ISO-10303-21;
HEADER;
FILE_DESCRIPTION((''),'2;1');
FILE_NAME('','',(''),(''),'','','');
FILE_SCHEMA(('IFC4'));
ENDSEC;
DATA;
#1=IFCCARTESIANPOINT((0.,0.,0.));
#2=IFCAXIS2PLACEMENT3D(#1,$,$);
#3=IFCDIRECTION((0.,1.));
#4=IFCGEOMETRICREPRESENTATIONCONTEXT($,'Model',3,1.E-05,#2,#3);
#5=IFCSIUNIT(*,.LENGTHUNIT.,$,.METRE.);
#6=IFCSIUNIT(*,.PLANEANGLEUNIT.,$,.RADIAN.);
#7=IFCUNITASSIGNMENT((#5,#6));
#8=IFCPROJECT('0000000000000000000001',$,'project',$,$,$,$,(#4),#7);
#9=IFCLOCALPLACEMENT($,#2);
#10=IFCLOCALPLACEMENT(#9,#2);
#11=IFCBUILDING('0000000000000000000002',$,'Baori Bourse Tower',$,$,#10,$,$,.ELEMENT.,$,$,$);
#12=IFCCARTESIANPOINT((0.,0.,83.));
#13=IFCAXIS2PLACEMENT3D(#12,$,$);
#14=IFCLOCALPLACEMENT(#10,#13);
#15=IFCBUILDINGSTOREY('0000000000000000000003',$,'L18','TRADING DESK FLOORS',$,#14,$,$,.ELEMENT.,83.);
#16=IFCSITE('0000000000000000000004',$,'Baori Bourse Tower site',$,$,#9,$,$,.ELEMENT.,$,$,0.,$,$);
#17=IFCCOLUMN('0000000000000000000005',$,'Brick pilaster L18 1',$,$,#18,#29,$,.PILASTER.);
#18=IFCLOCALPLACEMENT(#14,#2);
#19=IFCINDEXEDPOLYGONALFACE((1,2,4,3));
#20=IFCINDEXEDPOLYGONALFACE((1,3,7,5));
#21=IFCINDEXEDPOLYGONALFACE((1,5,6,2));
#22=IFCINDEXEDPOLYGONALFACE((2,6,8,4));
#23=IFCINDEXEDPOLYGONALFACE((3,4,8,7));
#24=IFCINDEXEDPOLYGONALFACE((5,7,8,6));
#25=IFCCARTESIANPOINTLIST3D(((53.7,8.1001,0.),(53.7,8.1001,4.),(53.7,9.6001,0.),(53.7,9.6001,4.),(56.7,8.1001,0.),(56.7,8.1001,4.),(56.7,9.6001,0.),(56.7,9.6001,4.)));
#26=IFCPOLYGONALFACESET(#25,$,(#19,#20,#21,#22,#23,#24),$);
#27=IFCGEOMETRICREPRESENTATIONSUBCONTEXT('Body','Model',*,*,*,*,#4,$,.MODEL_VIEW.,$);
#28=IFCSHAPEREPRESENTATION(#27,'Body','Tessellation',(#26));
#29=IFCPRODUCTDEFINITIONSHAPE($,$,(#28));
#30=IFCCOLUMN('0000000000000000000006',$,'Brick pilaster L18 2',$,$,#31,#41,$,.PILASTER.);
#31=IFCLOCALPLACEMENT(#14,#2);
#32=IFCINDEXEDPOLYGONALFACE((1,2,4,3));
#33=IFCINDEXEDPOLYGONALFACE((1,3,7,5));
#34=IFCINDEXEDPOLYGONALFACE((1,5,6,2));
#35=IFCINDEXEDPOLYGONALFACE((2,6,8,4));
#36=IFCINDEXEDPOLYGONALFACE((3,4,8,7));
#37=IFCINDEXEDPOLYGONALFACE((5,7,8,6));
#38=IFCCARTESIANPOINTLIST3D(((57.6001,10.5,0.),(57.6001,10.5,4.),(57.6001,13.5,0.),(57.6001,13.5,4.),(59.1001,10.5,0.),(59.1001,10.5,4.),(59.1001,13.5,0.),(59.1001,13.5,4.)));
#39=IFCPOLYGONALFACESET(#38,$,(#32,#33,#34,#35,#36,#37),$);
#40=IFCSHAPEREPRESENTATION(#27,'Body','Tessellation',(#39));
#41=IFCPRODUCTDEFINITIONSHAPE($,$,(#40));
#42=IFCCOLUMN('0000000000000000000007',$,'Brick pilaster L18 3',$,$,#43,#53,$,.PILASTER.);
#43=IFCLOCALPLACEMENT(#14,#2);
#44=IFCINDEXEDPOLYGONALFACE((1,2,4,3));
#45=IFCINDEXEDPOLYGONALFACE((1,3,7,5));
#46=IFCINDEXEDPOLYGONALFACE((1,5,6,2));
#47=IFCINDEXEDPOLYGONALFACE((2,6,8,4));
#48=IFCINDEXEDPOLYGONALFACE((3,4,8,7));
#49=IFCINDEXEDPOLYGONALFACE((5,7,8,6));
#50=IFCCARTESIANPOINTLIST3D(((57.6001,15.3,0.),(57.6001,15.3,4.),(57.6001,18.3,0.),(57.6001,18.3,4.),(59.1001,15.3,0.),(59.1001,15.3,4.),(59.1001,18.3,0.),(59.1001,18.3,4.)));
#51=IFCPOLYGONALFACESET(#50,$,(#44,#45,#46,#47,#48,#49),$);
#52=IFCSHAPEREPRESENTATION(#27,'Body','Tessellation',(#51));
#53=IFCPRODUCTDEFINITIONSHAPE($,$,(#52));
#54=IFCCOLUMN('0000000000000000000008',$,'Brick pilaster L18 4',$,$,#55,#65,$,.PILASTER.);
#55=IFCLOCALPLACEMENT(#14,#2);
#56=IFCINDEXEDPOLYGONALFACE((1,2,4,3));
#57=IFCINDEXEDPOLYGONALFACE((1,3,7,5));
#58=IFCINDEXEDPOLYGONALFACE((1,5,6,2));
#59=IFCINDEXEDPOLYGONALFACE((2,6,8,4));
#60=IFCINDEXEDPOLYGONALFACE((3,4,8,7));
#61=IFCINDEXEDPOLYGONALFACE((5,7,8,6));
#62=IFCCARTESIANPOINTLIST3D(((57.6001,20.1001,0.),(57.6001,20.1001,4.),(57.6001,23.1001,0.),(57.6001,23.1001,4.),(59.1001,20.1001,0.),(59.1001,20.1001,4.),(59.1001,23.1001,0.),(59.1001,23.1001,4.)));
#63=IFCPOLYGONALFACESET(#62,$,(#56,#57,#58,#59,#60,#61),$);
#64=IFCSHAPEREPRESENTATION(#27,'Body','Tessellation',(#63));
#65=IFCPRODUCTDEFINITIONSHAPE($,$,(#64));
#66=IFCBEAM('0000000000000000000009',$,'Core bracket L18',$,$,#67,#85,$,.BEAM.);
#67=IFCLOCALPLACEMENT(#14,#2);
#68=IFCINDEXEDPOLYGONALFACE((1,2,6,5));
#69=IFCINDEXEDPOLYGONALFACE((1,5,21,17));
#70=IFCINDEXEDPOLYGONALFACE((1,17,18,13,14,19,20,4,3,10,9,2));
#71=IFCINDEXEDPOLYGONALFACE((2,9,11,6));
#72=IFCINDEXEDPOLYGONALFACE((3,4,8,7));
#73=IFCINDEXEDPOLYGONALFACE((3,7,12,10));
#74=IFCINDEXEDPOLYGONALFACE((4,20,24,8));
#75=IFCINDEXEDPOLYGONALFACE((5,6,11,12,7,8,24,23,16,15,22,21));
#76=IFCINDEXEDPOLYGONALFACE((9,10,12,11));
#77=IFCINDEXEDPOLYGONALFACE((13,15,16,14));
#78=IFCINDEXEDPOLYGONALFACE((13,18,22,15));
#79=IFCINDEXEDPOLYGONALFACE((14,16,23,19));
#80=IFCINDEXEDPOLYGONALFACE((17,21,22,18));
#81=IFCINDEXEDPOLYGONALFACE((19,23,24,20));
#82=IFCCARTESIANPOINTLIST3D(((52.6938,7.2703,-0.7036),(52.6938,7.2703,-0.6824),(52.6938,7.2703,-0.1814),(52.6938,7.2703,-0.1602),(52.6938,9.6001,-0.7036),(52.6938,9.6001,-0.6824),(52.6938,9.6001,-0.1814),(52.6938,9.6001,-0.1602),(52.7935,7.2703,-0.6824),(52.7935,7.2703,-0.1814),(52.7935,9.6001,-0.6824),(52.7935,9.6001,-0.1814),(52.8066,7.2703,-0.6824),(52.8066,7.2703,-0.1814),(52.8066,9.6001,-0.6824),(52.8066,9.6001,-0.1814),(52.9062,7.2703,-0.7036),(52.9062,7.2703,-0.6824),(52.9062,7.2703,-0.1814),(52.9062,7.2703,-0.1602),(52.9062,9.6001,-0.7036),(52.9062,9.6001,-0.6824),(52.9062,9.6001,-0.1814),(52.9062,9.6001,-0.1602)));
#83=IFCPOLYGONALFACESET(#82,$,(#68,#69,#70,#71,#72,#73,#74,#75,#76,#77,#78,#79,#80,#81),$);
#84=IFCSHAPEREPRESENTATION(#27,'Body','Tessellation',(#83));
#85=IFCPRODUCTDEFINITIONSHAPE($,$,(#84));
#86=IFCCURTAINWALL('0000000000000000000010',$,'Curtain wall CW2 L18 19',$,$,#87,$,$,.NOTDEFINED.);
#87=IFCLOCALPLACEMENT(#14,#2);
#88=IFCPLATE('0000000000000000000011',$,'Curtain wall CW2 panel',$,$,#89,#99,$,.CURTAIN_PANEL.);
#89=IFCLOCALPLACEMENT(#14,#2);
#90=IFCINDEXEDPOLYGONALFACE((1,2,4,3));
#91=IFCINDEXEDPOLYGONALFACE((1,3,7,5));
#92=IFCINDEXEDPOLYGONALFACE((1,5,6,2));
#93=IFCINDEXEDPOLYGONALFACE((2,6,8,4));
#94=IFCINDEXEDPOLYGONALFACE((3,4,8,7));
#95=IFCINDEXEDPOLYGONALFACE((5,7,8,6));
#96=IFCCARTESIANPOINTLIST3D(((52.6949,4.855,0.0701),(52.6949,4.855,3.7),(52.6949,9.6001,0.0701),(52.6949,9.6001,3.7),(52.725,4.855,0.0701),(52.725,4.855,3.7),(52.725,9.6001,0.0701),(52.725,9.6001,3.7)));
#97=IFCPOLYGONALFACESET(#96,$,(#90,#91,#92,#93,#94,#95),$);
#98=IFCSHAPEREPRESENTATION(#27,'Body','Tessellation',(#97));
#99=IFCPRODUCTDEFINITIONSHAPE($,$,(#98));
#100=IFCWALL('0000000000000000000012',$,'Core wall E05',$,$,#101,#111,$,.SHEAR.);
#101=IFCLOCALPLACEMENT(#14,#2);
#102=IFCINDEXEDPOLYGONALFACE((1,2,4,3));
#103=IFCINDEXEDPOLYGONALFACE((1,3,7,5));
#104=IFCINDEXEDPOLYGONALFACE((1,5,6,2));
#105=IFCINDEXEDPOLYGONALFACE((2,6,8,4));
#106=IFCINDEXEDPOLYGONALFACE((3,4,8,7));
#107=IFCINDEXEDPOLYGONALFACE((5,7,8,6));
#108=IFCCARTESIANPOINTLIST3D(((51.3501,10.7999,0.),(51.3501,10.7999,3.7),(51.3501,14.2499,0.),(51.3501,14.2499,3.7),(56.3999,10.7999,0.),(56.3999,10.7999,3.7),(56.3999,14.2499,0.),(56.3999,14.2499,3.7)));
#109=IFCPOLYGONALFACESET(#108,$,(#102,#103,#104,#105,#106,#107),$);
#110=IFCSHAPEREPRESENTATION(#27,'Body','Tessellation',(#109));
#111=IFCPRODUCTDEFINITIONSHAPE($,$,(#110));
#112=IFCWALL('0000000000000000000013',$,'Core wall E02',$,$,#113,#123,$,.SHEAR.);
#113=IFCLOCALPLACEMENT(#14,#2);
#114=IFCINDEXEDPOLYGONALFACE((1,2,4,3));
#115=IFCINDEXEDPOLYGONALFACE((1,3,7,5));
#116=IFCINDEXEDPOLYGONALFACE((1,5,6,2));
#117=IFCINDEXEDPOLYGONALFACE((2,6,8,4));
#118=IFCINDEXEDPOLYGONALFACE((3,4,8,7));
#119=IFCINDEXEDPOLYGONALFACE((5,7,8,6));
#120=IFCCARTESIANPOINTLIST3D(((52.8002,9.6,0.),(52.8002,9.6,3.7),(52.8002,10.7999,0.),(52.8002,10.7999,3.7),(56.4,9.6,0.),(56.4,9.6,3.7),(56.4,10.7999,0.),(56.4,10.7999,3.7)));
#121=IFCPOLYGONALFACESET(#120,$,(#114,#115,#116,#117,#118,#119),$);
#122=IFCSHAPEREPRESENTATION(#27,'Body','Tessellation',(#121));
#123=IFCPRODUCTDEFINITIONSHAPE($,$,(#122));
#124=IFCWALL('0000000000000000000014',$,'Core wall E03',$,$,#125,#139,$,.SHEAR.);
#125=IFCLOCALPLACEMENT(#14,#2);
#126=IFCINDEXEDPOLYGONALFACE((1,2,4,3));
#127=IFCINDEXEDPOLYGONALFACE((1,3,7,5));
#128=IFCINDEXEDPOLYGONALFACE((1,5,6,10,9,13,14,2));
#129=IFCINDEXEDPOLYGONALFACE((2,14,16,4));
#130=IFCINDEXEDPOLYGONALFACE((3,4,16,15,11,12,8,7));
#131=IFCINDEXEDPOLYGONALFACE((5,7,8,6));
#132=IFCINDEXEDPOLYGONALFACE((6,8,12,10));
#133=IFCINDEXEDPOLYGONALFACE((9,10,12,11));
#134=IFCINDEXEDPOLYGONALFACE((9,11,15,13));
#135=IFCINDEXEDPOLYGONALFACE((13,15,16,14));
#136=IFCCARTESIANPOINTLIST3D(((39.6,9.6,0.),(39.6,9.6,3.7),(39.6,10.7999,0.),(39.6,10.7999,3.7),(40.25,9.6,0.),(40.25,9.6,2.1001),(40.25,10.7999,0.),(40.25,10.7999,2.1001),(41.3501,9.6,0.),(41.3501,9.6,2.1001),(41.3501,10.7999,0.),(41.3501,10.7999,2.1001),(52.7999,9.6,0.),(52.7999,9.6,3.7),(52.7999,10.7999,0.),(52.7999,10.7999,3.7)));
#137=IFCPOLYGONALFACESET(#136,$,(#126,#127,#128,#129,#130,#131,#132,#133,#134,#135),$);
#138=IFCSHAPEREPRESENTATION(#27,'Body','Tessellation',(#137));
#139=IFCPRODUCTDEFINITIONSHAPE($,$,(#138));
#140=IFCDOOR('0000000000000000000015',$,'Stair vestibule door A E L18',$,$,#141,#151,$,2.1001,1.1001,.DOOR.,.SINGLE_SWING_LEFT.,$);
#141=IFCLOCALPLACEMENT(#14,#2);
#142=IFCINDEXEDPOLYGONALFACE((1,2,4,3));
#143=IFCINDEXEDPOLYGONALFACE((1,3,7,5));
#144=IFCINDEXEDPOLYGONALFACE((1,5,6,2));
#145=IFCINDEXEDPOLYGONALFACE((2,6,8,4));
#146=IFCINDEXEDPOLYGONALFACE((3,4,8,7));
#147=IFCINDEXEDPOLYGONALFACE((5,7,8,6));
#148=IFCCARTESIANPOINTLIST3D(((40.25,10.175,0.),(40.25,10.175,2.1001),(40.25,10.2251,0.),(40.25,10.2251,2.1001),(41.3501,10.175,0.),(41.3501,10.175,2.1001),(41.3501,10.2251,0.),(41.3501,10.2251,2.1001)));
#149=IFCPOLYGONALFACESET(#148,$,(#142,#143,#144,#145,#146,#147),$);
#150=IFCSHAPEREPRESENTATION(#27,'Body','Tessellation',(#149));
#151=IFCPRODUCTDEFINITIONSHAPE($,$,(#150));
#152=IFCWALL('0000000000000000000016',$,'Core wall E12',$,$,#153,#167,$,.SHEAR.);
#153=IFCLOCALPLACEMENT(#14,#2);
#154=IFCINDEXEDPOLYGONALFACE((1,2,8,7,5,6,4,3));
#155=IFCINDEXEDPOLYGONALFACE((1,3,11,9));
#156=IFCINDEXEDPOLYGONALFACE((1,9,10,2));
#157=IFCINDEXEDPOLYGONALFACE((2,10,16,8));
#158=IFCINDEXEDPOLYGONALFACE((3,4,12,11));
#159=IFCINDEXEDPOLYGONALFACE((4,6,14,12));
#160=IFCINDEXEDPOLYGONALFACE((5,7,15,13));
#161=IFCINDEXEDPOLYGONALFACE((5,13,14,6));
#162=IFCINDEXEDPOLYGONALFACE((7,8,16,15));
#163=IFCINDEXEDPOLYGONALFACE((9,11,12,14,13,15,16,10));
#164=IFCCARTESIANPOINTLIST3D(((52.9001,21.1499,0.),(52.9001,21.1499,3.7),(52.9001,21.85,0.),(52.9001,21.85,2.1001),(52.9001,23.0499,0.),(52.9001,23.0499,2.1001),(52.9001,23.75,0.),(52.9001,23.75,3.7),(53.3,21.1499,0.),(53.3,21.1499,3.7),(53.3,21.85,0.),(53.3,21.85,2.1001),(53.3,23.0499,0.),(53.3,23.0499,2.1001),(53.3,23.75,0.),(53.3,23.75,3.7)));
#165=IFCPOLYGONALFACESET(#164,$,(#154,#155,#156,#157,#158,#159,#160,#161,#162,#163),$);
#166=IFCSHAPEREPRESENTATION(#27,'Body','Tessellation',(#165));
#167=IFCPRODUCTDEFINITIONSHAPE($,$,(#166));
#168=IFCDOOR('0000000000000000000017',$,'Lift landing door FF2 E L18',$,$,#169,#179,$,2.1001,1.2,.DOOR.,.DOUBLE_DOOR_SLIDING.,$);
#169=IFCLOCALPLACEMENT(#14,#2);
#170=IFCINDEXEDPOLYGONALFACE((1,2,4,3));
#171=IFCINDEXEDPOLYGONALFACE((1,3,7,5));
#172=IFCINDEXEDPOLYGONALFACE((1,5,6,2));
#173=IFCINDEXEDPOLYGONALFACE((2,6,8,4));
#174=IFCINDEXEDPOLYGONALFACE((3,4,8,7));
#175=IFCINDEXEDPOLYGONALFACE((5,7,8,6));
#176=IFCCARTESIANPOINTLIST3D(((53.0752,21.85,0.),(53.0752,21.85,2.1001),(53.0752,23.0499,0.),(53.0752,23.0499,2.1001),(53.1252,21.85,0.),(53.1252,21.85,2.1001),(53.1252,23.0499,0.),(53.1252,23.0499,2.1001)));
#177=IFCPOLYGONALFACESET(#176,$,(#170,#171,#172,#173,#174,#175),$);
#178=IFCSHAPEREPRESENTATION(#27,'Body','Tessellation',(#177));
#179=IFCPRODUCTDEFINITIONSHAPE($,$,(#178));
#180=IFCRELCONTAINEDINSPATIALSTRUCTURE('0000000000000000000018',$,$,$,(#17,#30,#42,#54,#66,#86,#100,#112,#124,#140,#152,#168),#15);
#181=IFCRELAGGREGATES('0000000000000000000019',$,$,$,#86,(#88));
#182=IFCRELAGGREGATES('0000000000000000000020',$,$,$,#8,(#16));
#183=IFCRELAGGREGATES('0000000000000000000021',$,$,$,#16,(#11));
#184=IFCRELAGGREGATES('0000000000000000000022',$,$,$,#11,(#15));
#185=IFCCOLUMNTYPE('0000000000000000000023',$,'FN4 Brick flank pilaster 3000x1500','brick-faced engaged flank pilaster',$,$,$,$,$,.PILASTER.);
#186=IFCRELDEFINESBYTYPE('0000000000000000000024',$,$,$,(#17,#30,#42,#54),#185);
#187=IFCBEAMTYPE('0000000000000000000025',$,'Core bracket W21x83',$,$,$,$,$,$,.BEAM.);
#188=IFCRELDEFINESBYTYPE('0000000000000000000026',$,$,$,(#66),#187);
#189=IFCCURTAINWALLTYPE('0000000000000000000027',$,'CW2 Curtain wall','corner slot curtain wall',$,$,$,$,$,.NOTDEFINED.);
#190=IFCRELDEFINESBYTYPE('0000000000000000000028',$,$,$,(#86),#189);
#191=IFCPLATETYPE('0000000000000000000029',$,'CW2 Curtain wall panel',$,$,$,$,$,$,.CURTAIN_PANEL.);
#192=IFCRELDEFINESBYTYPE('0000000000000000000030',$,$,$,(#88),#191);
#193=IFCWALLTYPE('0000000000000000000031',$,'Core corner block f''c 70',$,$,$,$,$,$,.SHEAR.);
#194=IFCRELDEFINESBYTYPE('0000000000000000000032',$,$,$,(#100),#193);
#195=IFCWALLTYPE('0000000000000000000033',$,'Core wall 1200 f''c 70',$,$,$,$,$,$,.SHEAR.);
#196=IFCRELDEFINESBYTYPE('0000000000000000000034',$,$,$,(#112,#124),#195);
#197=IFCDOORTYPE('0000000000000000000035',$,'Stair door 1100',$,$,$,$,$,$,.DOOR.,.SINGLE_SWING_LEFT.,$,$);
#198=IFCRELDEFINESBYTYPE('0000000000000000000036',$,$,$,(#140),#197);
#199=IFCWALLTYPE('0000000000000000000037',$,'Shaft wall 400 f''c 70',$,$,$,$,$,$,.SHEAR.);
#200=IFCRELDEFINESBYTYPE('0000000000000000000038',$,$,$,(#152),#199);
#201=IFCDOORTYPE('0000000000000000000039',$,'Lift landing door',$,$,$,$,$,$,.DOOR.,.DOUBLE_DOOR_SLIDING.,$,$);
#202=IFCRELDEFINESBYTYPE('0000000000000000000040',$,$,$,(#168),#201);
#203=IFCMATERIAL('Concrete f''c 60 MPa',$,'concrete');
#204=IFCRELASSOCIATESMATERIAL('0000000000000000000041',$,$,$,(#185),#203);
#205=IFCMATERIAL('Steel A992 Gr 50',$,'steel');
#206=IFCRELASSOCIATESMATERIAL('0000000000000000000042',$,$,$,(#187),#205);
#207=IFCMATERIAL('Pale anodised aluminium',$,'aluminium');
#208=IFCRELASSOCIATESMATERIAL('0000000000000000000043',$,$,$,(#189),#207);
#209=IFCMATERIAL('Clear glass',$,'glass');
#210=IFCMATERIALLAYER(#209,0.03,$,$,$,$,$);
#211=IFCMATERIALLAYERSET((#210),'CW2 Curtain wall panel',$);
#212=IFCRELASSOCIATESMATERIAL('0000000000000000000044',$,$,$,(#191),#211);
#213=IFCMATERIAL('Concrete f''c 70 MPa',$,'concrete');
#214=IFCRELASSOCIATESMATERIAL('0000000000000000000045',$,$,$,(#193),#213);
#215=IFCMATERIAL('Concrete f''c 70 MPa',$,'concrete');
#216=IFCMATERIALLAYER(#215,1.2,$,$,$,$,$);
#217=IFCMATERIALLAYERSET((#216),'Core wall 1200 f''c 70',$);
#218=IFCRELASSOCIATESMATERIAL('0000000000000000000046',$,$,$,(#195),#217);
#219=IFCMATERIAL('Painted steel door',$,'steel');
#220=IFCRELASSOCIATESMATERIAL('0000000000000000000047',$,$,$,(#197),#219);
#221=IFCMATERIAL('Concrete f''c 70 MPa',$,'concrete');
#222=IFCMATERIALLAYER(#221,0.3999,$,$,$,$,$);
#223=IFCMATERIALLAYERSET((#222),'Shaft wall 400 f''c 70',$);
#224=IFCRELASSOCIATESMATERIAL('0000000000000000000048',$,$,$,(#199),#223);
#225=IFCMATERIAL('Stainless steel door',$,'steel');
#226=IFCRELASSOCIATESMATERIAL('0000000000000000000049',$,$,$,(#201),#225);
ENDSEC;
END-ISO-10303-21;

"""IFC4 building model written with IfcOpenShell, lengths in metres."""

from ifc_helpers import new_model, si_unit, direction, frame, frame_2d, origin, origin_2d, place, context, subcontext, project, spatial, rectangle, i_section, extrude, material, layer, layer_set, material_profile, profile_set, type_object, element, fill, aggregate, save


model = new_model("IFC4")

# Units and contexts
model_context = context("Model", 3, precision=1e-05, world=origin(), true_north=direction((0.0, 1.0)))
body_context = subcontext(model_context, "Body", "Model", "MODEL_VIEW")
ifc_project = project(units=[si_unit("LENGTHUNIT", "METRE"), si_unit("PLANEANGLEUNIT", "RADIAN")], contexts=[model_context])

# Site, building, storey
site_placement = place(None, origin())
site = spatial("IfcSite", under=ifc_project, at=site_placement, Name="Baori Bourse Tower site", CompositionType="ELEMENT", RefElevation=0.0)
building_placement = place(site_placement, origin())
building = spatial("IfcBuilding", under=site, at=building_placement, Name="Baori Bourse Tower", CompositionType="ELEMENT")
storey_placement = place(building_placement, frame((0.0, 0.0, 83.0)))
storey = spatial("IfcBuildingStorey", under=building, at=storey_placement, Name="L18", Description="TRADING DESK FLOORS", CompositionType="ELEMENT", Elevation=83.0)

# Columns
ifc_material_1 = material(Name="Concrete f'c 60 MPa", Category="concrete")
ifc_material_profile_1 = material_profile(ifc_material_1, rectangle(XDim=3.0, YDim=1.5, at=origin_2d()), Name="RC 3000x1500")
ifc_profile_set_1 = profile_set([ifc_material_profile_1], Name="Concrete f'c 60 MPa")
column_type = type_object("IfcColumnType", Name="FN4 Brick flank pilaster 3000x1500", Description="brick-faced engaged flank pilaster", PredefinedType="PILASTER", material=ifc_profile_set_1)
for number, where, z_axis, x_axis, name in (
    (1, (55.2, 8.8501, 0.0), (0.0, 0.0, 1.0), (1.0, 0.0, 0.0), "Brick pilaster L18 1"),
    (2, (58.3501, 12.0, 0.0), (0.0, 0.0, 1.0), (0.0, 1.0, 0.0), "Brick pilaster L18 2"),
    (3, (58.3501, 16.8, 0.0), (0.0, 0.0, 1.0), (0.0, 1.0, 0.0), "Brick pilaster L18 3"),
    (4, (58.3501, 21.6001, 0.0), (0.0, 0.0, 1.0), (0.0, 1.0, 0.0), "Brick pilaster L18 4"),
):
    element("IfcColumn", number, at=place(storey_placement, frame(where, z_axis=z_axis, x_axis=x_axis)), inside=storey, type_object=column_type, Name=name, PredefinedType="PILASTER", context=body_context, shape_type="SweptSolid", body=[
        extrude(rectangle(XDim=3.0, YDim=1.5, at=origin_2d()), origin(), (0.0, 0.0, 1.0), 4.0),
    ])

# Beam
ifc_material_2 = material(Name="Steel A992 Gr 50", Category="steel")
ifc_material_profile_2 = material_profile(ifc_material_2, i_section(OverallWidth=0.2124, OverallDepth=0.5435, WebThickness=0.0132, FlangeThickness=0.0212, at=origin_2d()), Name="W21x83")
ifc_profile_set_2 = profile_set([ifc_material_profile_2], Name="Steel A992 Gr 50")
beam_type = type_object("IfcBeamType", Name="Core bracket W21x83", PredefinedType="BEAM", material=ifc_profile_set_2)
beam_placement = place(storey_placement, frame((52.8, 7.2703, -0.4319), z_axis=(0.0, 1.0, 0.0), x_axis=(-1.0, 0.0, 0.0)))
element("IfcBeam", 5, at=beam_placement, inside=storey, type_object=beam_type, Name="Core bracket L18", PredefinedType="BEAM", context=body_context, shape_type="SweptSolid", body=[
    extrude(i_section(OverallWidth=0.2124, OverallDepth=0.5435, WebThickness=0.0132, FlangeThickness=0.0212, at=origin_2d()), origin(), (0.0, 0.0, 1.0), 2.3298),
])

# Curtain wall, plate
ifc_material_3 = material(Name="Pale anodised aluminium", Category="aluminium")
curtain_wall_type = type_object("IfcCurtainWallType", Name="CW2 Curtain wall", Description="corner slot curtain wall", PredefinedType="NOTDEFINED", material=ifc_material_3)
curtain_wall_placement = place(storey_placement, origin())
curtain_wall = element("IfcCurtainWall", 6, at=curtain_wall_placement, inside=storey, type_object=curtain_wall_type, Name="Curtain wall CW2 L18 19", PredefinedType="NOTDEFINED")
ifc_material_4 = material(Name="Clear glass", Category="glass")
ifc_layer_1 = layer(ifc_material_4, 0.03)
ifc_layer_set_1 = layer_set([ifc_layer_1], Name="CW2 Curtain wall panel")
plate_type = type_object("IfcPlateType", Name="CW2 Curtain wall panel", PredefinedType="CURTAIN_PANEL", material=ifc_layer_set_1)
plate_placement = place(storey_placement, frame((52.71, 7.2275, 0.0701), z_axis=(0.0, 0.0, 1.0), x_axis=(0.0, 1.0, 0.0)))
plate = element("IfcPlate", 7, at=plate_placement, type_object=plate_type, Name="Curtain wall CW2 panel", PredefinedType="CURTAIN_PANEL", context=body_context, shape_type="SweptSolid", body=[
    extrude(rectangle(XDim=4.7451, YDim=0.03, at=origin_2d()), origin(), (0.0, 0.0, 1.0), 3.6299),
])
aggregate(curtain_wall, [plate])

# Walls
ifc_material_5 = material(Name="Concrete f'c 70 MPa", Category="concrete")
wall_type_1 = type_object("IfcWallType", Name="Core corner block f'c 70", PredefinedType="SHEAR", material=ifc_material_5)
wall_1_placement = place(storey_placement, frame((51.3501, 12.5249, 0.0), z_axis=(0.0, 0.0, 1.0), x_axis=(1.0, 0.0, 0.0)))
element("IfcWall", 8, at=wall_1_placement, inside=storey, type_object=wall_type_1, Name="Core wall E05", PredefinedType="SHEAR", context=body_context, shape_type="SweptSolid", body=[
    extrude(rectangle(XDim=5.0498, YDim=3.45, at=frame_2d((2.5249, 0.0))), origin(), (0.0, 0.0, 1.0), 3.7),
])
ifc_material_6 = material(Name="Concrete f'c 70 MPa", Category="concrete")
ifc_layer_2 = layer(ifc_material_6, 1.2)
ifc_layer_set_2 = layer_set([ifc_layer_2], Name="Core wall 1200 f'c 70")
wall_type_2 = type_object("IfcWallType", Name="Core wall 1200 f'c 70", PredefinedType="SHEAR", material=ifc_layer_set_2)
wall_2_placement = place(storey_placement, frame((56.3999, 10.2, 0.0), z_axis=(0.0, 0.0, 1.0), x_axis=(-1.0, 0.0, 0.0)))
element("IfcWall", 9, at=wall_2_placement, inside=storey, type_object=wall_type_2, Name="Core wall E02", PredefinedType="SHEAR", context=body_context, shape_type="SweptSolid", body=[
    extrude(rectangle(XDim=3.5999, YDim=1.2, at=frame_2d((1.7998, 0.0))), origin(), (0.0, 0.0, 1.0), 3.7),
])

# Walls, openings, doors
wall_3_placement = place(storey_placement, frame((52.8, 10.2, 0.0), z_axis=(0.0, 0.0, 1.0), x_axis=(-1.0, 0.0, 0.0)))
wall_3 = element("IfcWall", 10, at=wall_3_placement, inside=storey, type_object=wall_type_2, Name="Core wall E03", PredefinedType="SHEAR", context=body_context, shape_type="SweptSolid", body=[
    extrude(rectangle(XDim=13.2, YDim=1.2, at=frame_2d((6.6001, 0.0))), origin(), (0.0, 0.0, 1.0), 3.7),
])
opening_1_placement = place(wall_3_placement, frame((11.45, 0.0, 0.0)))
opening_1 = element("IfcOpeningElement", 11, at=opening_1_placement, cuts=wall_3, PredefinedType="OPENING", context=body_context, shape_type="SweptSolid", body=[
    extrude(rectangle(XDim=1.1001, YDim=2.1001, at=frame_2d((0.55, 1.05))), frame((0.0, 0.6099, 0.0), z_axis=(0.0, -1.0, 0.0), x_axis=(1.0, 0.0, 0.0)), (0.0, 0.0, 1.0), 1.22),
])
ifc_material_7 = material(Name="Painted steel door", Category="steel")
door_type_1 = type_object("IfcDoorType", Name="Stair door 1100", OperationType="SINGLE_SWING_LEFT", PredefinedType="DOOR", material=ifc_material_7)
door_1_placement = place(opening_1_placement, origin())
door_1 = element("IfcDoor", 12, at=door_1_placement, inside=storey, type_object=door_type_1, Name="Stair vestibule door A E L18", OperationType="SINGLE_SWING_LEFT", OverallHeight=2.1001, OverallWidth=1.1001, PredefinedType="DOOR", context=body_context, shape_type="SweptSolid", body=[
    extrude(rectangle(XDim=1.1001, YDim=2.1001, at=frame_2d((0.55, 1.05))), frame((0.0, 0.0249, 0.0), z_axis=(0.0, -1.0, 0.0), x_axis=(1.0, 0.0, 0.0)), (0.0, 0.0, 1.0), 0.05),
])
fill(opening_1, door_1)
ifc_material_8 = material(Name="Concrete f'c 70 MPa", Category="concrete")
ifc_layer_3 = layer(ifc_material_8, 0.3999)
ifc_layer_set_3 = layer_set([ifc_layer_3], Name="Shaft wall 400 f'c 70")
wall_type_3 = type_object("IfcWallType", Name="Shaft wall 400 f'c 70", PredefinedType="SHEAR", material=ifc_layer_set_3)
wall_4_placement = place(storey_placement, frame((53.1001, 21.1499, 0.0), z_axis=(0.0, 0.0, 1.0), x_axis=(0.0, 1.0, 0.0)))
wall_4 = element("IfcWall", 13, at=wall_4_placement, inside=storey, type_object=wall_type_3, Name="Core wall E12", PredefinedType="SHEAR", context=body_context, shape_type="SweptSolid", body=[
    extrude(rectangle(XDim=2.6001, YDim=0.3999, at=frame_2d((1.3, 0.0))), origin(), (0.0, 0.0, 1.0), 3.7),
])
opening_2_placement = place(wall_4_placement, frame((0.7, 0.0, 0.0)))
opening_2 = element("IfcOpeningElement", 14, at=opening_2_placement, cuts=wall_4, PredefinedType="OPENING", context=body_context, shape_type="SweptSolid", body=[
    extrude(rectangle(XDim=1.2, YDim=2.1001, at=frame_2d((0.6001, 1.05))), frame((0.0, 0.21, 0.0), z_axis=(0.0, -1.0, 0.0), x_axis=(1.0, 0.0, 0.0)), (0.0, 0.0, 1.0), 0.4199),
])
ifc_material_9 = material(Name="Stainless steel door", Category="steel")
door_type_2 = type_object("IfcDoorType", Name="Lift landing door", OperationType="DOUBLE_DOOR_SLIDING", PredefinedType="DOOR", material=ifc_material_9)
door_2_placement = place(opening_2_placement, origin())
door_2 = element("IfcDoor", 15, at=door_2_placement, inside=storey, type_object=door_type_2, Name="Lift landing door FF2 E L18", OperationType="DOUBLE_DOOR_SLIDING", OverallHeight=2.1001, OverallWidth=1.2, PredefinedType="DOOR", context=body_context, shape_type="SweptSolid", body=[
    extrude(rectangle(XDim=1.2, YDim=2.1001, at=frame_2d((0.6001, 1.05))), frame((0.0, 0.0249, 0.0), z_axis=(0.0, -1.0, 0.0), x_axis=(1.0, 0.0, 0.0)), (0.0, 0.0, 1.0), 0.05),
])
fill(opening_2, door_2)

save(model, "model.ifc")
